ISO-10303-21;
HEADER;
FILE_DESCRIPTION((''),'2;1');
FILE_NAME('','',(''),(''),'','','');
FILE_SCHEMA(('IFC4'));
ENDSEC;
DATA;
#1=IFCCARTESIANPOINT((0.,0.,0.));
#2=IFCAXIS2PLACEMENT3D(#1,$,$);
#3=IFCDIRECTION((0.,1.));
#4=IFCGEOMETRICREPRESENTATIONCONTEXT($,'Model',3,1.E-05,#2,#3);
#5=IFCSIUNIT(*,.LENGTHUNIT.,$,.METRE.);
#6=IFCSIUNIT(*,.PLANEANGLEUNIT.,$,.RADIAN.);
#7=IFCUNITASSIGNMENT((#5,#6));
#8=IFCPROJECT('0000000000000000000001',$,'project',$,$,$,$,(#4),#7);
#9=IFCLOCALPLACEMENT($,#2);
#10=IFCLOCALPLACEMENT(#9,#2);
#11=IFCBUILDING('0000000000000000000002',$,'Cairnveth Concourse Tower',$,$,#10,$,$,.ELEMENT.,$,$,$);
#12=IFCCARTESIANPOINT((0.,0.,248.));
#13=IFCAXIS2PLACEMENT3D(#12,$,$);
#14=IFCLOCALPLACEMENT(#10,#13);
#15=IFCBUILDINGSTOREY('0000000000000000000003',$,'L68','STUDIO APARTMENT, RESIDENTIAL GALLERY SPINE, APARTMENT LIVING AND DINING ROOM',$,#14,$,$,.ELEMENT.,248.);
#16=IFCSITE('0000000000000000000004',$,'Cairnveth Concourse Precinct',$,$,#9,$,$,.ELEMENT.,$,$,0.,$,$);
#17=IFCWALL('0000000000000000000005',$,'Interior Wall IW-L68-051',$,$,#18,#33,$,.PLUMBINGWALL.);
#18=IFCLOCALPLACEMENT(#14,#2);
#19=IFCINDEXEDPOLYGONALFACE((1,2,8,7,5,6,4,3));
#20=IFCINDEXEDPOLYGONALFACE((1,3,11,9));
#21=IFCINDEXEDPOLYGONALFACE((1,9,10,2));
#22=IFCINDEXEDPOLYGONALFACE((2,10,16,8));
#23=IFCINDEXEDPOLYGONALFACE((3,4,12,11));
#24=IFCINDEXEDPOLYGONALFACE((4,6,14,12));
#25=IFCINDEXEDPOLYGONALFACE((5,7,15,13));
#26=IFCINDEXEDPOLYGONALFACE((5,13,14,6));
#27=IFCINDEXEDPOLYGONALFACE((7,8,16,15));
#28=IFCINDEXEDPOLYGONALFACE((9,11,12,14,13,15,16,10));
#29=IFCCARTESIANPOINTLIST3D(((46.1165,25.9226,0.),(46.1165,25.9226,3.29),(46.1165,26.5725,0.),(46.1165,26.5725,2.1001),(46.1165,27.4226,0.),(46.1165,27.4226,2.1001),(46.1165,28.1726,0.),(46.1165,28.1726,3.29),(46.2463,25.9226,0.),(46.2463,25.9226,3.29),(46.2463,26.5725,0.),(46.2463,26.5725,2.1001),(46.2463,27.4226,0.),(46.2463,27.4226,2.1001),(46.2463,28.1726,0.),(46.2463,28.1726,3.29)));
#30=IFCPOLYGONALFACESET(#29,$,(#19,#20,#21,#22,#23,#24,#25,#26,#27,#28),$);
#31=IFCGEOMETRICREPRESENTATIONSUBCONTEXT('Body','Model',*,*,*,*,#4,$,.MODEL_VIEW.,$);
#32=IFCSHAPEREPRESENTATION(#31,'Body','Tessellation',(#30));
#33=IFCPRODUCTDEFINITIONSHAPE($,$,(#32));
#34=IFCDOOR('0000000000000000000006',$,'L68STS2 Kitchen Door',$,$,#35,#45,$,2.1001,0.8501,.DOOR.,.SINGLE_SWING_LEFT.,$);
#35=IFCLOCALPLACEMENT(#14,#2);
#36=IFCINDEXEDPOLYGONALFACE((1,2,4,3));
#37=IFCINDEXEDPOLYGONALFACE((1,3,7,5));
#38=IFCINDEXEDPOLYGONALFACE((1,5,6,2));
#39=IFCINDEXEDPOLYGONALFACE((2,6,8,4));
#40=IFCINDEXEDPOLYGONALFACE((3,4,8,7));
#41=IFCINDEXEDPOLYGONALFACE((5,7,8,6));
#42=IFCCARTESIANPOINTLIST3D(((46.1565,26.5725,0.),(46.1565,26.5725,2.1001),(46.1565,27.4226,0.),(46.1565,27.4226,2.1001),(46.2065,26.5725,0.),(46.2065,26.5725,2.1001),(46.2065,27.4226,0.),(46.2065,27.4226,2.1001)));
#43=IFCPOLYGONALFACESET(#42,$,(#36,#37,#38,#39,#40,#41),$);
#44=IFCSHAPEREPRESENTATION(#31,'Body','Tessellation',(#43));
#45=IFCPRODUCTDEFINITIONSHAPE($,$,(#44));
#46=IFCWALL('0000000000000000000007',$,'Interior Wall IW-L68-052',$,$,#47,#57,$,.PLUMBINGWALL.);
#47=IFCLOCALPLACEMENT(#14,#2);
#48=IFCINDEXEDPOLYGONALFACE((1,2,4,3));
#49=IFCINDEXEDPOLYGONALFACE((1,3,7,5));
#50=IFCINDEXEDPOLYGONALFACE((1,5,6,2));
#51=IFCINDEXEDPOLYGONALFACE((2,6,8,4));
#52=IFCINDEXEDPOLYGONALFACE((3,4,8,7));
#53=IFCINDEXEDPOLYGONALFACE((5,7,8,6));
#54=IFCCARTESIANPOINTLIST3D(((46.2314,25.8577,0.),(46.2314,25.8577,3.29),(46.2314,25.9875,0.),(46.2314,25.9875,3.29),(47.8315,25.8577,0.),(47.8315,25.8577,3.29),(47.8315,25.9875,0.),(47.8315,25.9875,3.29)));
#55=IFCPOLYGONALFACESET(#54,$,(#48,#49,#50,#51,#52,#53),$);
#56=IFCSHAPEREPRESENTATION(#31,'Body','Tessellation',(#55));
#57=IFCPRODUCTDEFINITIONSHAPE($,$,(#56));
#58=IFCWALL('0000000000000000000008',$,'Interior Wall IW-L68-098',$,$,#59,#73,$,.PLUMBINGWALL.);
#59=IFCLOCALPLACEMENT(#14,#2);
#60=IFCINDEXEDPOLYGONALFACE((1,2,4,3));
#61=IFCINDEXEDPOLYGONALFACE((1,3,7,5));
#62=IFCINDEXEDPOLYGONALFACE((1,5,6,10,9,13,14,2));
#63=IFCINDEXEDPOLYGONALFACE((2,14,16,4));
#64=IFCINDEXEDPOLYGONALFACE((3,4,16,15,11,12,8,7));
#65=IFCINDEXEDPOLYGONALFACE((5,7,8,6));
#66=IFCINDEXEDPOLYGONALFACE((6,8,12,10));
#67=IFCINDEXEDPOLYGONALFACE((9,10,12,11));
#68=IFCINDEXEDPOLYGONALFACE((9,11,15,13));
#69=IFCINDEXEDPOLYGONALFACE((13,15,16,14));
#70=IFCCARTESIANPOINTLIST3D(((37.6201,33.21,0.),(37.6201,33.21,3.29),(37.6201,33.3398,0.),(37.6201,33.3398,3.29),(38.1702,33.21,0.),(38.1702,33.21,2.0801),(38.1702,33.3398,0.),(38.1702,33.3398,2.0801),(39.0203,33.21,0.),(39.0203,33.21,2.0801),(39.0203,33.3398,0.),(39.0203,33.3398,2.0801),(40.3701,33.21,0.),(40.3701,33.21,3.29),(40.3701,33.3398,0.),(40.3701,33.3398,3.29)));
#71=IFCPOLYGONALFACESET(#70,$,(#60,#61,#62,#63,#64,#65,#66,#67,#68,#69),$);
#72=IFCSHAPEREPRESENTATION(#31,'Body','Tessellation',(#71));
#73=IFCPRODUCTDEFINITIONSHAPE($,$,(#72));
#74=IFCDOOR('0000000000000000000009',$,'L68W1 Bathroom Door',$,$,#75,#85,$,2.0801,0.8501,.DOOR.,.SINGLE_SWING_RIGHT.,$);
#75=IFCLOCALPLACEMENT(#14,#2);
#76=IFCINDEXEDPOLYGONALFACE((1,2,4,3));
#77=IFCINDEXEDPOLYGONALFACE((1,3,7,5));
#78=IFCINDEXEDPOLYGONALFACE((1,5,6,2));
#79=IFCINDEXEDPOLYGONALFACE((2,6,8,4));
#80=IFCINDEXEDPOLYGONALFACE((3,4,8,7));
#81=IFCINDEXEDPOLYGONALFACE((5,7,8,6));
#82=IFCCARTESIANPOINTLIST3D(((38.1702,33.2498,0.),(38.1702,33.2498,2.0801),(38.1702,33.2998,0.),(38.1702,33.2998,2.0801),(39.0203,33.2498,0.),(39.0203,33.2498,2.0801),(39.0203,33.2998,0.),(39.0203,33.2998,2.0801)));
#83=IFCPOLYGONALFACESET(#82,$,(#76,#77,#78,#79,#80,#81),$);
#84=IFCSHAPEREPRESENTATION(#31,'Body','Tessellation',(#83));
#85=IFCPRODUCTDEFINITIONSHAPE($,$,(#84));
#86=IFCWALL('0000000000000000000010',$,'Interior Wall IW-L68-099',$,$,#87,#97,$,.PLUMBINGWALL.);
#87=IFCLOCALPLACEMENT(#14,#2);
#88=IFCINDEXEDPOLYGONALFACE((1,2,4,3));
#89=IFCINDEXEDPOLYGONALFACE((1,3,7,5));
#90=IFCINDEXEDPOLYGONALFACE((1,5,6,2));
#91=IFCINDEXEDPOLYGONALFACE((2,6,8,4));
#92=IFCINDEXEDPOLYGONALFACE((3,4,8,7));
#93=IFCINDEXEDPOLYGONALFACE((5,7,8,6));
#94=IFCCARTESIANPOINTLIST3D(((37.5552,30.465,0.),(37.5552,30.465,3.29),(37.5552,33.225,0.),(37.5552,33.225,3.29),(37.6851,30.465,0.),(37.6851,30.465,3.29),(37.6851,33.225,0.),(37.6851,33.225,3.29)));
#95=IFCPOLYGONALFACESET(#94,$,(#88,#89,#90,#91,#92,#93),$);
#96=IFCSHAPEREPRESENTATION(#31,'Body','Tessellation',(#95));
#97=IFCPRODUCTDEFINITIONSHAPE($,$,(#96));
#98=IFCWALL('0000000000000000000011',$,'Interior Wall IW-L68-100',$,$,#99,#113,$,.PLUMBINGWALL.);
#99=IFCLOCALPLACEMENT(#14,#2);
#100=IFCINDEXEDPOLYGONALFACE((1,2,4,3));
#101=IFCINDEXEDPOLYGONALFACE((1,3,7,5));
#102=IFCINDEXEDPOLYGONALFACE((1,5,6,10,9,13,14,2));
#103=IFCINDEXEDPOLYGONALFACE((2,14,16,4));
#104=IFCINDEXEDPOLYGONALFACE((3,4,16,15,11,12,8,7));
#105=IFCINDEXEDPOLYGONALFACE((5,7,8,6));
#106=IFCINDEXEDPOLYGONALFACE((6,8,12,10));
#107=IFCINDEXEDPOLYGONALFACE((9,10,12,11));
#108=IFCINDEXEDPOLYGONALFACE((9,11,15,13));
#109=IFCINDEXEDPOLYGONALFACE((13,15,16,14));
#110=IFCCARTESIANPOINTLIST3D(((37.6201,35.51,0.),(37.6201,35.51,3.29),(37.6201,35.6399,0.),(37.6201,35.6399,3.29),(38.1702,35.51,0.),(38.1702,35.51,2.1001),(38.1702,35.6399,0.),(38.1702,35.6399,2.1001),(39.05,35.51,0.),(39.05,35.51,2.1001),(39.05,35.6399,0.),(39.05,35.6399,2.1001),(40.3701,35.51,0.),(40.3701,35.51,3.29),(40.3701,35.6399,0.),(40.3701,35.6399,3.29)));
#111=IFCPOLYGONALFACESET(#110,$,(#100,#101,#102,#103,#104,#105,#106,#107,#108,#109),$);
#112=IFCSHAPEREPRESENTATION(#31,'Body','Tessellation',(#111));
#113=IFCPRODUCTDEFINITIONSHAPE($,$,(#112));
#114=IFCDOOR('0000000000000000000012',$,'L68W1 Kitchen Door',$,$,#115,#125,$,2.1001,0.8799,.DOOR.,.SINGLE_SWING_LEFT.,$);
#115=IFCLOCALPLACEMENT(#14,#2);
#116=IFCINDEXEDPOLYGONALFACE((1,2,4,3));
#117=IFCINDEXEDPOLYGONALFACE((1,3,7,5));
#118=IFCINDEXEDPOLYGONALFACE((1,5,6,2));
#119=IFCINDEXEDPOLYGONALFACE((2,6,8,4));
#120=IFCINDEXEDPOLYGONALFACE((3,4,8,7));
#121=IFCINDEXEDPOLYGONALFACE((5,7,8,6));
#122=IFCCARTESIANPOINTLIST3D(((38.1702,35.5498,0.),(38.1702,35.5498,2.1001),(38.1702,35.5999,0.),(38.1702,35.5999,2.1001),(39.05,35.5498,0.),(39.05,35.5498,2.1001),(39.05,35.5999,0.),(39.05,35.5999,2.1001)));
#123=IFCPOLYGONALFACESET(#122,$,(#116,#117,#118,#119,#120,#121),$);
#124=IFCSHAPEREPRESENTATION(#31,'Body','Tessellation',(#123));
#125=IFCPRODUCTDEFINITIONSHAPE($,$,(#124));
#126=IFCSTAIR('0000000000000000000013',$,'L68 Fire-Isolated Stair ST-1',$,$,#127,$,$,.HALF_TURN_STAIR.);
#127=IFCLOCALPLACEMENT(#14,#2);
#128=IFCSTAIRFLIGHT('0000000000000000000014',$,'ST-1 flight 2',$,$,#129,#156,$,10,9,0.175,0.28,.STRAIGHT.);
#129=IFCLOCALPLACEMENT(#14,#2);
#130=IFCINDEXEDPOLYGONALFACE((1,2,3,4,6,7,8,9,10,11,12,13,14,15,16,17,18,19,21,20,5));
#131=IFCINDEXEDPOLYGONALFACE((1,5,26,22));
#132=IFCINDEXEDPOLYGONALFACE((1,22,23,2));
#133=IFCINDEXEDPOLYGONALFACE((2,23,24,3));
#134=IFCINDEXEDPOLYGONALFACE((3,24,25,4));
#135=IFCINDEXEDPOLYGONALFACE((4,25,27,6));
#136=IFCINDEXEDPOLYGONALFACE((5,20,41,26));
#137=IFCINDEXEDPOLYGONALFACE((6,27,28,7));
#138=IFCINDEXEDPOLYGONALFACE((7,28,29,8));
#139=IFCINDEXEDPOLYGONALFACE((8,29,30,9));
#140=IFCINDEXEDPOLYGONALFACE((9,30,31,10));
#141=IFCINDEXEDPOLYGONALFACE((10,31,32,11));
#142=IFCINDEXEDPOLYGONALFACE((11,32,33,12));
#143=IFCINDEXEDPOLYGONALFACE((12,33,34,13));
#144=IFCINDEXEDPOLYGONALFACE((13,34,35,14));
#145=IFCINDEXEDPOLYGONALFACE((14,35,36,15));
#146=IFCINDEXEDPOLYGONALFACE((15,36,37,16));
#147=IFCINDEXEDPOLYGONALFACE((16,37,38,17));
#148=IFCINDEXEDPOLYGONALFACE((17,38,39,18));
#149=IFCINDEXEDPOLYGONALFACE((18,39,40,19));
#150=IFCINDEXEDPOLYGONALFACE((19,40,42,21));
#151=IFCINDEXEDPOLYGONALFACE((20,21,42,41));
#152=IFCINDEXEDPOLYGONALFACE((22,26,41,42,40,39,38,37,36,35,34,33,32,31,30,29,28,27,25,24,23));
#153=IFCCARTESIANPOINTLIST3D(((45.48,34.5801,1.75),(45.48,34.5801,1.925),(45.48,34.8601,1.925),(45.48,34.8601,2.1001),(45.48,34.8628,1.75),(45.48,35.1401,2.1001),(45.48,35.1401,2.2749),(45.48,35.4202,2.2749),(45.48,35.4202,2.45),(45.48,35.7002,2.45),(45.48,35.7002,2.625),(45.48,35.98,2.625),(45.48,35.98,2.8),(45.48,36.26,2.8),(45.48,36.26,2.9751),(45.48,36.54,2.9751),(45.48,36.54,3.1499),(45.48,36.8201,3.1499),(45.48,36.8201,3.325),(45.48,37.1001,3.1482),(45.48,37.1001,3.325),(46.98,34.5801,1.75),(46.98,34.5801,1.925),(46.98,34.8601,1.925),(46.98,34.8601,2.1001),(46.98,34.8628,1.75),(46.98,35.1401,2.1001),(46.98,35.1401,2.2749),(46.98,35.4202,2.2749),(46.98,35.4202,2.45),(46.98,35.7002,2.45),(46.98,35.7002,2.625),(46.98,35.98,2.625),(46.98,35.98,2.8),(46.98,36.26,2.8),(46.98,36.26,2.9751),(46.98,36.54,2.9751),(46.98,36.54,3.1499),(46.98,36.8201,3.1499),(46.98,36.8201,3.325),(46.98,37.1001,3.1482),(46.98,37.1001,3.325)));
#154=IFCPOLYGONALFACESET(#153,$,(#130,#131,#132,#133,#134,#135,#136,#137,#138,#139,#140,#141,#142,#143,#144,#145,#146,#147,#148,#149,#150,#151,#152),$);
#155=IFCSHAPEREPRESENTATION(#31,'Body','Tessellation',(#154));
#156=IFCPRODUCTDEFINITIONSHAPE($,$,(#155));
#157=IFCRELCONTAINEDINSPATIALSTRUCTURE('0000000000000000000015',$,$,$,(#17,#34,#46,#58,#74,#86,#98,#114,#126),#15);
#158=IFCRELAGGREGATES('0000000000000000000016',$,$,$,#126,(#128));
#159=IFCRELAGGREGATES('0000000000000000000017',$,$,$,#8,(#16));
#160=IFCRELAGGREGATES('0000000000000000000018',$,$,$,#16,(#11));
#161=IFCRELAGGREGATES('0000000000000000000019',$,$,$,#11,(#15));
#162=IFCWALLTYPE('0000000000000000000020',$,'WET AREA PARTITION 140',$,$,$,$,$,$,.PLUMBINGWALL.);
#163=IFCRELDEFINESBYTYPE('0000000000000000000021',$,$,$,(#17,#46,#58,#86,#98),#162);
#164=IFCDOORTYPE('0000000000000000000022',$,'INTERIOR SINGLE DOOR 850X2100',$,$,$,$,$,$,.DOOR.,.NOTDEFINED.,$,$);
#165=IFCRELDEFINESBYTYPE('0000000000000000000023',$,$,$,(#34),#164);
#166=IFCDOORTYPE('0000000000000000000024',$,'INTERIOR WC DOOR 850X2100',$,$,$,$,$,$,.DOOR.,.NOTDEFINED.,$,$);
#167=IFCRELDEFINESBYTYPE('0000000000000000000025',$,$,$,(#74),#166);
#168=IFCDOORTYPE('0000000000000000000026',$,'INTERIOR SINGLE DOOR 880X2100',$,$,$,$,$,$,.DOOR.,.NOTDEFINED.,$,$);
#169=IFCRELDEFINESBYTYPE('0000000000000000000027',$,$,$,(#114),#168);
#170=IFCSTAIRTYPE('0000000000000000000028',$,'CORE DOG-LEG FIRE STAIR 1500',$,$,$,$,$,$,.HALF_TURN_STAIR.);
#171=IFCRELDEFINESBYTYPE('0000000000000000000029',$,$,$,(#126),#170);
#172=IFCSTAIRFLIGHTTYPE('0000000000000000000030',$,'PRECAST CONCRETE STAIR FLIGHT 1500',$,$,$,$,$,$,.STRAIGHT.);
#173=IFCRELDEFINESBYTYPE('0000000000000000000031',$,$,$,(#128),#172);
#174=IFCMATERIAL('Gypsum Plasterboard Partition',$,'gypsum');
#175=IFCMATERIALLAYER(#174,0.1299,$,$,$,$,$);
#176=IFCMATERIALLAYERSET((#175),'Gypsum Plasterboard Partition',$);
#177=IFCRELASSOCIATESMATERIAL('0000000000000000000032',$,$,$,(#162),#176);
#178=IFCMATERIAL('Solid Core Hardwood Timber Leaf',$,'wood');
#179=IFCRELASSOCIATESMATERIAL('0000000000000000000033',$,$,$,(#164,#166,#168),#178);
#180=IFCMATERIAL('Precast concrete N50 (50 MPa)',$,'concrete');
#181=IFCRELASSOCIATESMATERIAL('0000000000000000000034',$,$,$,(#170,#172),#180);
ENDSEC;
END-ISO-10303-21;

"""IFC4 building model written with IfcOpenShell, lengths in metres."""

from ifc_helpers import new_model, si_unit, direction, frame, frame_2d, origin, place, context, subcontext, project, spatial, polyline, rectangle, outline, extrude, material, layer, layer_set, type_object, element, fill, aggregate, save


model = new_model("IFC4")

# Units and contexts
model_context = context("Model", 3, precision=1e-05, world=origin(), true_north=direction((0.0, 1.0)))
body_context = subcontext(model_context, "Body", "Model", "MODEL_VIEW")
ifc_project = project(units=[si_unit("LENGTHUNIT", "METRE"), si_unit("PLANEANGLEUNIT", "RADIAN")], contexts=[model_context])

# Site, building, storey
site_placement = place(None, origin())
site = spatial("IfcSite", under=ifc_project, at=site_placement, Name="Cairnveth Concourse Precinct", CompositionType="ELEMENT", RefElevation=0.0)
building_placement = place(site_placement, origin())
building = spatial("IfcBuilding", under=site, at=building_placement, Name="Cairnveth Concourse Tower", CompositionType="ELEMENT")
storey_placement = place(building_placement, frame((0.0, 0.0, 248.0)))
storey = spatial("IfcBuildingStorey", under=building, at=storey_placement, Name="L68", Description="STUDIO APARTMENT, RESIDENTIAL GALLERY SPINE, APARTMENT LIVING AND DINING ROOM", CompositionType="ELEMENT", Elevation=248.0)

# Shared definitions
ifc_material_1 = material(Name="Gypsum Plasterboard Partition", Category="gypsum")
ifc_material_2 = material(Name="Solid Core Hardwood Timber Leaf", Category="wood")

# Shared definitions
ifc_layer_1 = layer(ifc_material_1, 0.1299)
ifc_layer_set_1 = layer_set([ifc_layer_1], Name="Gypsum Plasterboard Partition")
wall_type_1 = type_object("IfcWallType", Name="WET AREA PARTITION 140", PredefinedType="PLUMBINGWALL", material=ifc_layer_set_1)

# Wall, opening, door
wall_1_placement = place(storey_placement, frame((46.1814, 25.9226, 0.0), z_axis=(0.0, 0.0, 1.0), x_axis=(0.0, 1.0, 0.0)))
wall_1 = element("IfcWall", 1, at=wall_1_placement, inside=storey, type_object=wall_type_1, Name="Interior Wall IW-L68-051", PredefinedType="PLUMBINGWALL", context=body_context, shape_type="SweptSolid", body=[
    extrude(rectangle(XDim=2.25, YDim=0.1299, at=frame_2d((1.125, 0.0))), origin(), (0.0, 0.0, 1.0), 3.29),
])
opening_1_placement = place(wall_1_placement, frame((0.6499, 0.0, 0.0)))
opening_1 = element("IfcOpeningElement", 2, at=opening_1_placement, cuts=wall_1, PredefinedType="OPENING", context=body_context, shape_type="SweptSolid", body=[
    extrude(rectangle(XDim=0.8501, YDim=2.1001, at=frame_2d((0.425, 1.05))), frame((0.0, 0.075, 0.0), z_axis=(0.0, -1.0, 0.0), x_axis=(1.0, 0.0, 0.0)), (0.0, 0.0, 1.0), 0.1499),
])
door_type_1 = type_object("IfcDoorType", Name="INTERIOR SINGLE DOOR 850X2100", OperationType="NOTDEFINED", PredefinedType="DOOR", material=ifc_material_2)
door_1_placement = place(opening_1_placement, origin())
door_1 = element("IfcDoor", 3, at=door_1_placement, inside=storey, type_object=door_type_1, Name="L68STS2 Kitchen Door", OperationType="SINGLE_SWING_LEFT", OverallHeight=2.1001, OverallWidth=0.8501, PredefinedType="DOOR", context=body_context, shape_type="SweptSolid", body=[
    extrude(rectangle(XDim=0.8501, YDim=2.1001, at=frame_2d((0.425, 1.05))), frame((0.0, 0.0249, 0.0), z_axis=(0.0, -1.0, 0.0), x_axis=(1.0, 0.0, 0.0)), (0.0, 0.0, 1.0), 0.05),
])
fill(opening_1, door_1)

# Wall
wall_2_placement = place(storey_placement, frame((46.2314, 25.9226, 0.0), z_axis=(0.0, 0.0, 1.0), x_axis=(1.0, 0.0, 0.0)))
element("IfcWall", 4, at=wall_2_placement, inside=storey, type_object=wall_type_1, Name="Interior Wall IW-L68-052", PredefinedType="PLUMBINGWALL", context=body_context, shape_type="SweptSolid", body=[
    extrude(rectangle(XDim=1.6001, YDim=0.1299, at=frame_2d((0.8, 0.0))), origin(), (0.0, 0.0, 1.0), 3.29),
])

# Wall, opening, door
wall_3_placement = place(storey_placement, frame((37.6201, 33.2749, 0.0), z_axis=(0.0, 0.0, 1.0), x_axis=(1.0, 0.0, 0.0)))
wall_3 = element("IfcWall", 5, at=wall_3_placement, inside=storey, type_object=wall_type_1, Name="Interior Wall IW-L68-098", PredefinedType="PLUMBINGWALL", context=body_context, shape_type="SweptSolid", body=[
    extrude(rectangle(XDim=2.75, YDim=0.1299, at=frame_2d((1.375, 0.0))), origin(), (0.0, 0.0, 1.0), 3.29),
])
opening_2_placement = place(wall_3_placement, frame((0.55, 0.0, 0.0)))
opening_2 = element("IfcOpeningElement", 6, at=opening_2_placement, cuts=wall_3, PredefinedType="OPENING", context=body_context, shape_type="SweptSolid", body=[
    extrude(rectangle(XDim=0.8501, YDim=2.0801, at=frame_2d((0.425, 1.04))), frame((0.0, 0.075, 0.0), z_axis=(0.0, -1.0, 0.0), x_axis=(1.0, 0.0, 0.0)), (0.0, 0.0, 1.0), 0.1499),
])
door_type_2 = type_object("IfcDoorType", Name="INTERIOR WC DOOR 850X2100", OperationType="NOTDEFINED", PredefinedType="DOOR", material=ifc_material_2)
door_2_placement = place(opening_2_placement, origin())
door_2 = element("IfcDoor", 7, at=door_2_placement, inside=storey, type_object=door_type_2, Name="L68W1 Bathroom Door", OperationType="SINGLE_SWING_RIGHT", OverallHeight=2.0801, OverallWidth=0.8501, PredefinedType="DOOR", context=body_context, shape_type="SweptSolid", body=[
    extrude(rectangle(XDim=0.8501, YDim=2.0801, at=frame_2d((0.425, 1.04))), frame((0.0, 0.0249, 0.0), z_axis=(0.0, -1.0, 0.0), x_axis=(1.0, 0.0, 0.0)), (0.0, 0.0, 1.0), 0.05),
])
fill(opening_2, door_2)

# Wall
wall_4_placement = place(storey_placement, frame((37.6201, 30.4651, 0.0), z_axis=(0.0, 0.0, 1.0), x_axis=(0.0, 1.0, 0.0)))
element("IfcWall", 8, at=wall_4_placement, inside=storey, type_object=wall_type_1, Name="Interior Wall IW-L68-099", PredefinedType="PLUMBINGWALL", context=body_context, shape_type="SweptSolid", body=[
    extrude(rectangle(XDim=2.76, YDim=0.1299, at=frame_2d((1.3799, 0.0))), origin(), (0.0, 0.0, 1.0), 3.29),
])

# Wall, opening, door
wall_5_placement = place(storey_placement, frame((37.6201, 35.575, 0.0), z_axis=(0.0, 0.0, 1.0), x_axis=(1.0, 0.0, 0.0)))
wall_5 = element("IfcWall", 9, at=wall_5_placement, inside=storey, type_object=wall_type_1, Name="Interior Wall IW-L68-100", PredefinedType="PLUMBINGWALL", context=body_context, shape_type="SweptSolid", body=[
    extrude(rectangle(XDim=2.75, YDim=0.1299, at=frame_2d((1.375, 0.0))), origin(), (0.0, 0.0, 1.0), 3.29),
])
opening_3_placement = place(wall_5_placement, frame((0.55, 0.0, 0.0)))
opening_3 = element("IfcOpeningElement", 10, at=opening_3_placement, cuts=wall_5, PredefinedType="OPENING", context=body_context, shape_type="SweptSolid", body=[
    extrude(rectangle(XDim=0.8799, YDim=2.1001, at=frame_2d((0.4399, 1.05))), frame((0.0, 0.075, 0.0), z_axis=(0.0, -1.0, 0.0), x_axis=(1.0, 0.0, 0.0)), (0.0, 0.0, 1.0), 0.1499),
])
door_type_3 = type_object("IfcDoorType", Name="INTERIOR SINGLE DOOR 880X2100", OperationType="NOTDEFINED", PredefinedType="DOOR", material=ifc_material_2)
door_3_placement = place(opening_3_placement, origin())
door_3 = element("IfcDoor", 11, at=door_3_placement, inside=storey, type_object=door_type_3, Name="L68W1 Kitchen Door", OperationType="SINGLE_SWING_LEFT", OverallHeight=2.1001, OverallWidth=0.8799, PredefinedType="DOOR", context=body_context, shape_type="SweptSolid", body=[
    extrude(rectangle(XDim=0.8799, YDim=2.1001, at=frame_2d((0.4399, 1.05))), frame((0.0, 0.0249, 0.0), z_axis=(0.0, -1.0, 0.0), x_axis=(1.0, 0.0, 0.0)), (0.0, 0.0, 1.0), 0.05),
])
fill(opening_3, door_3)

# Stair, stair flight
ifc_material_3 = material(Name="Precast concrete N50 (50 MPa)", Category="concrete")
stair_type = type_object("IfcStairType", Name="CORE DOG-LEG FIRE STAIR 1500", PredefinedType="HALF_TURN_STAIR", material=ifc_material_3)
stair_placement = place(storey_placement, origin())
stair = element("IfcStair", 12, at=stair_placement, inside=storey, type_object=stair_type, Name="L68 Fire-Isolated Stair ST-1", PredefinedType="HALF_TURN_STAIR")
stair_flight_type = type_object("IfcStairFlightType", Name="PRECAST CONCRETE STAIR FLIGHT 1500", PredefinedType="STRAIGHT", material=ifc_material_3)
stair_flight_placement = place(storey_placement, frame((46.23, 34.5801, 1.75), z_axis=(0.0, 0.0, 1.0), x_axis=(0.0, 1.0, 0.0)))
stair_flight = element("IfcStairFlight", 13, at=stair_flight_placement, type_object=stair_flight_type, Name="ST-1 flight 2", NumberOfRisers=10, NumberOfTreads=9, PredefinedType="STRAIGHT", RiserHeight=0.175, TreadLength=0.28, context=body_context, shape_type="SweptSolid", body=[
    extrude(outline(polyline([(0.0, 0.0), (0.0, 0.175), (0.28, 0.175), (0.28, 0.3501), (0.5601, 0.3501), (0.5601, 0.5249), (0.8401, 0.5249), (0.8401, 0.7), (1.1201, 0.7), (1.1201, 0.875), (1.3999, 0.875), (1.3999, 1.05), (1.6799, 1.05), (1.6799, 1.2251), (1.96, 1.2251), (1.96, 1.3999), (2.24, 1.3999), (2.24, 1.575), (2.52, 1.575), (2.52, 1.75), (2.52, 1.3982), (0.2827, 0.0), (0.0, 0.0)])), frame((0.0, 0.75, 0.0), z_axis=(0.0, -1.0, 0.0), x_axis=(1.0, 0.0, 0.0)), (0.0, 0.0, 1.0), 1.5),
])
aggregate(stair, [stair_flight])

save(model, "model.ifc")
